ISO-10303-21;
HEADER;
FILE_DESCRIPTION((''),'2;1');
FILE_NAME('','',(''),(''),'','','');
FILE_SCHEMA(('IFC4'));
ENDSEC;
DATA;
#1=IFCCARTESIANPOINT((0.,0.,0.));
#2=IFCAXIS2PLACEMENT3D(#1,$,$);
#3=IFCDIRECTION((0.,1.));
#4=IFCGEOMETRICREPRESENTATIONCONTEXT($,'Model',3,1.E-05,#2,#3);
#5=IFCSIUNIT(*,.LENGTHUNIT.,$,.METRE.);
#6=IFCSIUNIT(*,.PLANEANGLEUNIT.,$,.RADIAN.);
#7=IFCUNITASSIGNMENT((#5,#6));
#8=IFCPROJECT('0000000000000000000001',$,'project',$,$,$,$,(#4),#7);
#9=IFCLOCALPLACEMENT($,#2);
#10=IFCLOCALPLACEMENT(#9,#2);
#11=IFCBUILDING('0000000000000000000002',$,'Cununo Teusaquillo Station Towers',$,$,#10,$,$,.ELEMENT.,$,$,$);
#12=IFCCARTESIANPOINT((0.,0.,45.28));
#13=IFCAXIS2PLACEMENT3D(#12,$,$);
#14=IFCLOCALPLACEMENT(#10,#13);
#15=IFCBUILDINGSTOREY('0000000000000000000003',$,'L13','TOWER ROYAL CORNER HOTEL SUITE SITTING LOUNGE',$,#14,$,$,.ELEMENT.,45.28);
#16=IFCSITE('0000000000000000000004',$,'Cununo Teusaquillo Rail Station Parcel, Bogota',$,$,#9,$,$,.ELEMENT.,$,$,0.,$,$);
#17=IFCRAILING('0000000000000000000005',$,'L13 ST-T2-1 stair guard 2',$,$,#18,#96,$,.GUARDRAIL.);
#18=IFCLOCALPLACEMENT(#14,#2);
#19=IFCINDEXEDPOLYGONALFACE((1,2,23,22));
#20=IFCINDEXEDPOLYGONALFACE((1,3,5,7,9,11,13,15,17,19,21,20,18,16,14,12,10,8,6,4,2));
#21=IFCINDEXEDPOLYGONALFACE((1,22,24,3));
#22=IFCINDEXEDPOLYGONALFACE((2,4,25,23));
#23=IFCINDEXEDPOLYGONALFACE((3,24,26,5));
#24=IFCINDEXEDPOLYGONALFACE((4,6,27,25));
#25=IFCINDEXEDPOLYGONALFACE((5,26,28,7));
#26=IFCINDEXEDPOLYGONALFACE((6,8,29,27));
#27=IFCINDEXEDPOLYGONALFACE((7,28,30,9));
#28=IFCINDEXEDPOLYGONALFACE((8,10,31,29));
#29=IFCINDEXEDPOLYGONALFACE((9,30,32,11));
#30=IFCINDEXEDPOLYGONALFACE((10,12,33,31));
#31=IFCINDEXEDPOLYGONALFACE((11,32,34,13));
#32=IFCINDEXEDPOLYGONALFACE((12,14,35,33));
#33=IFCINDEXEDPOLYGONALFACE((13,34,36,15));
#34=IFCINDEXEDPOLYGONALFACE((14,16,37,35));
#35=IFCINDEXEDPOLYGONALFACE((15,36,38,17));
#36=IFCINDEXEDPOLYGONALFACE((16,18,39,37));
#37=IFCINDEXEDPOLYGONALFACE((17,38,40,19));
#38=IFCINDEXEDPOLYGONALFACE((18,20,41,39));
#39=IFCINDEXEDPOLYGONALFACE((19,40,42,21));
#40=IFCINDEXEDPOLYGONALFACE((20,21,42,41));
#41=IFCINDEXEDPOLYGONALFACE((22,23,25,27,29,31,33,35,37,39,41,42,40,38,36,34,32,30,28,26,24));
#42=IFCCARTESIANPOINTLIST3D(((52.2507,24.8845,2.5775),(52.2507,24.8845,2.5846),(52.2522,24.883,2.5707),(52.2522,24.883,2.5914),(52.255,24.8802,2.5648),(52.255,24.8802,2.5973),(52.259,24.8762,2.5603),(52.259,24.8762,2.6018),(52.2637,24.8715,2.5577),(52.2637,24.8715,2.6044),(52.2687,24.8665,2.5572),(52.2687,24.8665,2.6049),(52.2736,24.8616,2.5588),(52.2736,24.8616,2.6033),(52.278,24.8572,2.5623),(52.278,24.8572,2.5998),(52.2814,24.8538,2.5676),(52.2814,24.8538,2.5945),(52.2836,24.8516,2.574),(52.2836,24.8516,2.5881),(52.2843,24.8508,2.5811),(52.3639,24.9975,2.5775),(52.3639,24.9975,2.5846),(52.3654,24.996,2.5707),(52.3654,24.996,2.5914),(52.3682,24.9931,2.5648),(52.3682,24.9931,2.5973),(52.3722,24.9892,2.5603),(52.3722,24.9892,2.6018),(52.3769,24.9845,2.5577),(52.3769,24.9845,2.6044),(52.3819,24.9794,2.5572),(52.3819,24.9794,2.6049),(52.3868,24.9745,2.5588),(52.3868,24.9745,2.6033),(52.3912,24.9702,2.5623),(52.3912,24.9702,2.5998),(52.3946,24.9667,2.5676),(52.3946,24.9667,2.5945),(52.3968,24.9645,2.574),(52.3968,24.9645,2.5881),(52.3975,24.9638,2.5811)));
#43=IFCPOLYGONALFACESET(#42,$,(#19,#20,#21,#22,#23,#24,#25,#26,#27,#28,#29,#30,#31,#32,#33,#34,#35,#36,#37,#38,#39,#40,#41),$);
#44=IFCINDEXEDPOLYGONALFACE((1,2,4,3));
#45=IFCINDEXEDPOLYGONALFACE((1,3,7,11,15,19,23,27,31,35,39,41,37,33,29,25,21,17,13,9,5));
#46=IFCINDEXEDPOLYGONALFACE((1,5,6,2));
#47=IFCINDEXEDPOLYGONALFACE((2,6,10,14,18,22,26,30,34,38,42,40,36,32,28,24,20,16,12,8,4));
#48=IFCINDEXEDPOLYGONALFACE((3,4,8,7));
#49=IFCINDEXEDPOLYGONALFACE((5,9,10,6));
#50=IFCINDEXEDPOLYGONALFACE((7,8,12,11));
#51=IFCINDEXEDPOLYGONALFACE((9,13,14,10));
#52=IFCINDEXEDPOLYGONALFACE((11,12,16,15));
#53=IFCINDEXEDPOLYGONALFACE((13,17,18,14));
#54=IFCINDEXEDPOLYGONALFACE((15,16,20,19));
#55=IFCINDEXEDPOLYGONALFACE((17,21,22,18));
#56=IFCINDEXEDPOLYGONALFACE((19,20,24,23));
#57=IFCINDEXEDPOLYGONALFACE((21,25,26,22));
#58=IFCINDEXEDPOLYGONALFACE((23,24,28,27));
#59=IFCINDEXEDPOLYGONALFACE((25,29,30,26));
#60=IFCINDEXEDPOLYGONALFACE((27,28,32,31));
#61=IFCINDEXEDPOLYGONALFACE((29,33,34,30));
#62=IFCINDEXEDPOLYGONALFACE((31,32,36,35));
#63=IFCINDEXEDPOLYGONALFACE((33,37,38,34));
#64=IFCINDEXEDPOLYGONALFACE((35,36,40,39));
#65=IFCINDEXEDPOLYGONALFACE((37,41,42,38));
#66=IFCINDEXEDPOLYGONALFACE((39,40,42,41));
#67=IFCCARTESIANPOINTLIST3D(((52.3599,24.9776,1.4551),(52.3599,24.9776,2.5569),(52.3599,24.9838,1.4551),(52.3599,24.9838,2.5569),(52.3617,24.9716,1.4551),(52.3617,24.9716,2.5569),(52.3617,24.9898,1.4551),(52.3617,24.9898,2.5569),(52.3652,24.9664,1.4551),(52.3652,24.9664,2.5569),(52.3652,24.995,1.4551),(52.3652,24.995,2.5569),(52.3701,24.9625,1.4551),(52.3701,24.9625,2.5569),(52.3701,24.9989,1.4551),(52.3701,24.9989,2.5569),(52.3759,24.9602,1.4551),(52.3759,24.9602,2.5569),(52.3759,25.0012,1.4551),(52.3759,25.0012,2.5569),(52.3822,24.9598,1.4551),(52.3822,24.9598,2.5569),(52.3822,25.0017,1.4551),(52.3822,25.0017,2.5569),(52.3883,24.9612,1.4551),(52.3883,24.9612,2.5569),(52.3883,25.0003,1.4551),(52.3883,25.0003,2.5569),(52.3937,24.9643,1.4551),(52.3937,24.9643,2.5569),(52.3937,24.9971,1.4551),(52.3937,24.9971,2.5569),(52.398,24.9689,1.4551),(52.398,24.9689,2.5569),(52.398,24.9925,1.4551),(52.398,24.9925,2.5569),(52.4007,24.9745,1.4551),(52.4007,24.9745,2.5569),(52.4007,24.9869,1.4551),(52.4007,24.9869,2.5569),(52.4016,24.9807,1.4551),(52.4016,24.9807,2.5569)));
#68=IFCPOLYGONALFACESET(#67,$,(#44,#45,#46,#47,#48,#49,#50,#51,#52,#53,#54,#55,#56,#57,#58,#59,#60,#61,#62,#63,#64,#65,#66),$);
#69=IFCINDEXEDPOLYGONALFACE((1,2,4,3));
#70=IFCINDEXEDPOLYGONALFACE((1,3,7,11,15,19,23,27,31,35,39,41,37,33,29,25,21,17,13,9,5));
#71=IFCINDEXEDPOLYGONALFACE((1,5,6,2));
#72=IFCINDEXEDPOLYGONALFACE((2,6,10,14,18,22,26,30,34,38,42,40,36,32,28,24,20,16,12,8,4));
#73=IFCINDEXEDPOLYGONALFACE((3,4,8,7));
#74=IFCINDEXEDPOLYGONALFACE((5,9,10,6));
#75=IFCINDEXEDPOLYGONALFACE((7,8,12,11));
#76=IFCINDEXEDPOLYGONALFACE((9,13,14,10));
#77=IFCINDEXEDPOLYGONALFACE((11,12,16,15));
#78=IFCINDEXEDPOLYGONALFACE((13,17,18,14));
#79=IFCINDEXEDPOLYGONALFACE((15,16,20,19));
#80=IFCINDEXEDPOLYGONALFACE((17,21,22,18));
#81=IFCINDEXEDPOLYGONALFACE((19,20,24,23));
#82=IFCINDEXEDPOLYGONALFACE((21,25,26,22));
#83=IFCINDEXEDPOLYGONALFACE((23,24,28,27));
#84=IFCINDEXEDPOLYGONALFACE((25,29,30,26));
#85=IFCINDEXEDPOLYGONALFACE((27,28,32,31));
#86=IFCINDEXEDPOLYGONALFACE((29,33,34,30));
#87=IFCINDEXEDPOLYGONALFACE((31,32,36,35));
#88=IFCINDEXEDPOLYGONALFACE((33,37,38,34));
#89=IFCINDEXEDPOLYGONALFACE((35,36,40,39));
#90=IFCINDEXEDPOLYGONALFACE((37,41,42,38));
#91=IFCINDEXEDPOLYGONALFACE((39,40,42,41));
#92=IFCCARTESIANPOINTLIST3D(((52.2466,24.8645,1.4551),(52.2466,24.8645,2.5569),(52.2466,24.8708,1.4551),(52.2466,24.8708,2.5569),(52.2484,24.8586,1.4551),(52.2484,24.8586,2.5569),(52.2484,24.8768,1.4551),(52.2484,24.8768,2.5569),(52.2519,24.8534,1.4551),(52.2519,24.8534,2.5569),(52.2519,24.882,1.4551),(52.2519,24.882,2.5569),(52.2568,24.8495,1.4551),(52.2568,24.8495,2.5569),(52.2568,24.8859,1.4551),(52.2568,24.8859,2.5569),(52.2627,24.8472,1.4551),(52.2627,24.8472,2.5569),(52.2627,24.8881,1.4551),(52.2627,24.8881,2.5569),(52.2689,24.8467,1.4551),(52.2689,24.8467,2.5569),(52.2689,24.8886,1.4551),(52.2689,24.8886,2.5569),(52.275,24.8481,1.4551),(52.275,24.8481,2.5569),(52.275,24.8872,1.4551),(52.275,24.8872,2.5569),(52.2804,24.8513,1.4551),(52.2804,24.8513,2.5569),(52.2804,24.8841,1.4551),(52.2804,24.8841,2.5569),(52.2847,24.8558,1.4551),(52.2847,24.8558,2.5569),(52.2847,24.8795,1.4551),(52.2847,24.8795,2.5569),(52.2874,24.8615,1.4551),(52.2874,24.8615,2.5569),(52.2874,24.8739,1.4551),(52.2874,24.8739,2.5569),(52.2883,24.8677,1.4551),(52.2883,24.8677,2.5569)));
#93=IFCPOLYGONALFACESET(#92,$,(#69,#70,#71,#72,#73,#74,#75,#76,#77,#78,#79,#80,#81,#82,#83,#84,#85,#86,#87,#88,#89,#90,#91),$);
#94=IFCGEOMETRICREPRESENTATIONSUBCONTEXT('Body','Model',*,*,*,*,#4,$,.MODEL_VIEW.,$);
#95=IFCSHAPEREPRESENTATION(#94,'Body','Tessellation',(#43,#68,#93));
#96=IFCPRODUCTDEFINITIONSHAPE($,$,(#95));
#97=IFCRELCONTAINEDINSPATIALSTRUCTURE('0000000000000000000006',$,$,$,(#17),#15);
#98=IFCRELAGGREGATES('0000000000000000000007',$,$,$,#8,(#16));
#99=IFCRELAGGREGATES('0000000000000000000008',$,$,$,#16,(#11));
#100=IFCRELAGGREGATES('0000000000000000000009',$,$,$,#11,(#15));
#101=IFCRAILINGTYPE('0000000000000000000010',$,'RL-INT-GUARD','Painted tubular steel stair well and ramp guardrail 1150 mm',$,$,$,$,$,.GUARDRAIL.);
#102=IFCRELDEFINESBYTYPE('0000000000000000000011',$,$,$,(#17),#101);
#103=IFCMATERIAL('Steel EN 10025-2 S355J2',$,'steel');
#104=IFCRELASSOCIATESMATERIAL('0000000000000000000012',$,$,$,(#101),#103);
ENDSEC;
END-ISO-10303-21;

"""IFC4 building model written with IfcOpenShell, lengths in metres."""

from ifc_helpers import new_model, si_unit, direction, frame, origin, origin_2d, place, context, subcontext, project, spatial, circle, extrude, material, type_object, element, save


model = new_model("IFC4")

# Units and contexts
model_context = context("Model", 3, precision=1e-05, world=origin(), true_north=direction((0.0, 1.0)))
body_context = subcontext(model_context, "Body", "Model", "MODEL_VIEW")
ifc_project = project(units=[si_unit("LENGTHUNIT", "METRE"), si_unit("PLANEANGLEUNIT", "RADIAN")], contexts=[model_context])

# Site, building, storey
site_placement = place(None, origin())
site = spatial("IfcSite", under=ifc_project, at=site_placement, Name="Cununo Teusaquillo Rail Station Parcel, Bogota", CompositionType="ELEMENT", RefElevation=0.0)
building_placement = place(site_placement, origin())
building = spatial("IfcBuilding", under=site, at=building_placement, Name="Cununo Teusaquillo Station Towers", CompositionType="ELEMENT")
storey_placement = place(building_placement, frame((0.0, 0.0, 45.28)))
storey = spatial("IfcBuildingStorey", under=building, at=storey_placement, Name="L13", Description="TOWER ROYAL CORNER HOTEL SUITE SITTING LOUNGE", CompositionType="ELEMENT", Elevation=45.28)

# Railing
ifc_material_1 = material(Name="Steel EN 10025-2 S355J2", Category="steel")
railing_type_1 = type_object("IfcRailingType", Name="RL-INT-GUARD", Description="Painted tubular steel stair well and ramp guardrail 1150 mm", PredefinedType="GUARDRAIL", material=ifc_material_1)
railing_1_placement = place(storey_placement, frame((52.3806, 24.9807, 1.4551)))
element("IfcRailing", 1, at=railing_1_placement, inside=storey, type_object=railing_type_1, Name="L13 ST-T2-1 stair guard 2", PredefinedType="GUARDRAIL", context=body_context, shape_type="SweptSolid", body=[
    extrude(circle(Radius=0.0239, at=origin_2d()), frame((0.0, 0.0, 1.126), z_axis=(-0.707869, -0.706344, 0.0), x_axis=(0.706344, -0.707869, 0.0)), (0.0, 0.0, 1.0), 0.1599),
    extrude(circle(Radius=0.021, at=origin_2d()), origin(), (0.0, 0.0, 1.0), 1.1018),
    extrude(circle(Radius=0.021, at=origin_2d()), frame((-0.1133, -0.113, 0.0)), (0.0, 0.0, 1.0), 1.1018),
])

save(model, "model.ifc")
